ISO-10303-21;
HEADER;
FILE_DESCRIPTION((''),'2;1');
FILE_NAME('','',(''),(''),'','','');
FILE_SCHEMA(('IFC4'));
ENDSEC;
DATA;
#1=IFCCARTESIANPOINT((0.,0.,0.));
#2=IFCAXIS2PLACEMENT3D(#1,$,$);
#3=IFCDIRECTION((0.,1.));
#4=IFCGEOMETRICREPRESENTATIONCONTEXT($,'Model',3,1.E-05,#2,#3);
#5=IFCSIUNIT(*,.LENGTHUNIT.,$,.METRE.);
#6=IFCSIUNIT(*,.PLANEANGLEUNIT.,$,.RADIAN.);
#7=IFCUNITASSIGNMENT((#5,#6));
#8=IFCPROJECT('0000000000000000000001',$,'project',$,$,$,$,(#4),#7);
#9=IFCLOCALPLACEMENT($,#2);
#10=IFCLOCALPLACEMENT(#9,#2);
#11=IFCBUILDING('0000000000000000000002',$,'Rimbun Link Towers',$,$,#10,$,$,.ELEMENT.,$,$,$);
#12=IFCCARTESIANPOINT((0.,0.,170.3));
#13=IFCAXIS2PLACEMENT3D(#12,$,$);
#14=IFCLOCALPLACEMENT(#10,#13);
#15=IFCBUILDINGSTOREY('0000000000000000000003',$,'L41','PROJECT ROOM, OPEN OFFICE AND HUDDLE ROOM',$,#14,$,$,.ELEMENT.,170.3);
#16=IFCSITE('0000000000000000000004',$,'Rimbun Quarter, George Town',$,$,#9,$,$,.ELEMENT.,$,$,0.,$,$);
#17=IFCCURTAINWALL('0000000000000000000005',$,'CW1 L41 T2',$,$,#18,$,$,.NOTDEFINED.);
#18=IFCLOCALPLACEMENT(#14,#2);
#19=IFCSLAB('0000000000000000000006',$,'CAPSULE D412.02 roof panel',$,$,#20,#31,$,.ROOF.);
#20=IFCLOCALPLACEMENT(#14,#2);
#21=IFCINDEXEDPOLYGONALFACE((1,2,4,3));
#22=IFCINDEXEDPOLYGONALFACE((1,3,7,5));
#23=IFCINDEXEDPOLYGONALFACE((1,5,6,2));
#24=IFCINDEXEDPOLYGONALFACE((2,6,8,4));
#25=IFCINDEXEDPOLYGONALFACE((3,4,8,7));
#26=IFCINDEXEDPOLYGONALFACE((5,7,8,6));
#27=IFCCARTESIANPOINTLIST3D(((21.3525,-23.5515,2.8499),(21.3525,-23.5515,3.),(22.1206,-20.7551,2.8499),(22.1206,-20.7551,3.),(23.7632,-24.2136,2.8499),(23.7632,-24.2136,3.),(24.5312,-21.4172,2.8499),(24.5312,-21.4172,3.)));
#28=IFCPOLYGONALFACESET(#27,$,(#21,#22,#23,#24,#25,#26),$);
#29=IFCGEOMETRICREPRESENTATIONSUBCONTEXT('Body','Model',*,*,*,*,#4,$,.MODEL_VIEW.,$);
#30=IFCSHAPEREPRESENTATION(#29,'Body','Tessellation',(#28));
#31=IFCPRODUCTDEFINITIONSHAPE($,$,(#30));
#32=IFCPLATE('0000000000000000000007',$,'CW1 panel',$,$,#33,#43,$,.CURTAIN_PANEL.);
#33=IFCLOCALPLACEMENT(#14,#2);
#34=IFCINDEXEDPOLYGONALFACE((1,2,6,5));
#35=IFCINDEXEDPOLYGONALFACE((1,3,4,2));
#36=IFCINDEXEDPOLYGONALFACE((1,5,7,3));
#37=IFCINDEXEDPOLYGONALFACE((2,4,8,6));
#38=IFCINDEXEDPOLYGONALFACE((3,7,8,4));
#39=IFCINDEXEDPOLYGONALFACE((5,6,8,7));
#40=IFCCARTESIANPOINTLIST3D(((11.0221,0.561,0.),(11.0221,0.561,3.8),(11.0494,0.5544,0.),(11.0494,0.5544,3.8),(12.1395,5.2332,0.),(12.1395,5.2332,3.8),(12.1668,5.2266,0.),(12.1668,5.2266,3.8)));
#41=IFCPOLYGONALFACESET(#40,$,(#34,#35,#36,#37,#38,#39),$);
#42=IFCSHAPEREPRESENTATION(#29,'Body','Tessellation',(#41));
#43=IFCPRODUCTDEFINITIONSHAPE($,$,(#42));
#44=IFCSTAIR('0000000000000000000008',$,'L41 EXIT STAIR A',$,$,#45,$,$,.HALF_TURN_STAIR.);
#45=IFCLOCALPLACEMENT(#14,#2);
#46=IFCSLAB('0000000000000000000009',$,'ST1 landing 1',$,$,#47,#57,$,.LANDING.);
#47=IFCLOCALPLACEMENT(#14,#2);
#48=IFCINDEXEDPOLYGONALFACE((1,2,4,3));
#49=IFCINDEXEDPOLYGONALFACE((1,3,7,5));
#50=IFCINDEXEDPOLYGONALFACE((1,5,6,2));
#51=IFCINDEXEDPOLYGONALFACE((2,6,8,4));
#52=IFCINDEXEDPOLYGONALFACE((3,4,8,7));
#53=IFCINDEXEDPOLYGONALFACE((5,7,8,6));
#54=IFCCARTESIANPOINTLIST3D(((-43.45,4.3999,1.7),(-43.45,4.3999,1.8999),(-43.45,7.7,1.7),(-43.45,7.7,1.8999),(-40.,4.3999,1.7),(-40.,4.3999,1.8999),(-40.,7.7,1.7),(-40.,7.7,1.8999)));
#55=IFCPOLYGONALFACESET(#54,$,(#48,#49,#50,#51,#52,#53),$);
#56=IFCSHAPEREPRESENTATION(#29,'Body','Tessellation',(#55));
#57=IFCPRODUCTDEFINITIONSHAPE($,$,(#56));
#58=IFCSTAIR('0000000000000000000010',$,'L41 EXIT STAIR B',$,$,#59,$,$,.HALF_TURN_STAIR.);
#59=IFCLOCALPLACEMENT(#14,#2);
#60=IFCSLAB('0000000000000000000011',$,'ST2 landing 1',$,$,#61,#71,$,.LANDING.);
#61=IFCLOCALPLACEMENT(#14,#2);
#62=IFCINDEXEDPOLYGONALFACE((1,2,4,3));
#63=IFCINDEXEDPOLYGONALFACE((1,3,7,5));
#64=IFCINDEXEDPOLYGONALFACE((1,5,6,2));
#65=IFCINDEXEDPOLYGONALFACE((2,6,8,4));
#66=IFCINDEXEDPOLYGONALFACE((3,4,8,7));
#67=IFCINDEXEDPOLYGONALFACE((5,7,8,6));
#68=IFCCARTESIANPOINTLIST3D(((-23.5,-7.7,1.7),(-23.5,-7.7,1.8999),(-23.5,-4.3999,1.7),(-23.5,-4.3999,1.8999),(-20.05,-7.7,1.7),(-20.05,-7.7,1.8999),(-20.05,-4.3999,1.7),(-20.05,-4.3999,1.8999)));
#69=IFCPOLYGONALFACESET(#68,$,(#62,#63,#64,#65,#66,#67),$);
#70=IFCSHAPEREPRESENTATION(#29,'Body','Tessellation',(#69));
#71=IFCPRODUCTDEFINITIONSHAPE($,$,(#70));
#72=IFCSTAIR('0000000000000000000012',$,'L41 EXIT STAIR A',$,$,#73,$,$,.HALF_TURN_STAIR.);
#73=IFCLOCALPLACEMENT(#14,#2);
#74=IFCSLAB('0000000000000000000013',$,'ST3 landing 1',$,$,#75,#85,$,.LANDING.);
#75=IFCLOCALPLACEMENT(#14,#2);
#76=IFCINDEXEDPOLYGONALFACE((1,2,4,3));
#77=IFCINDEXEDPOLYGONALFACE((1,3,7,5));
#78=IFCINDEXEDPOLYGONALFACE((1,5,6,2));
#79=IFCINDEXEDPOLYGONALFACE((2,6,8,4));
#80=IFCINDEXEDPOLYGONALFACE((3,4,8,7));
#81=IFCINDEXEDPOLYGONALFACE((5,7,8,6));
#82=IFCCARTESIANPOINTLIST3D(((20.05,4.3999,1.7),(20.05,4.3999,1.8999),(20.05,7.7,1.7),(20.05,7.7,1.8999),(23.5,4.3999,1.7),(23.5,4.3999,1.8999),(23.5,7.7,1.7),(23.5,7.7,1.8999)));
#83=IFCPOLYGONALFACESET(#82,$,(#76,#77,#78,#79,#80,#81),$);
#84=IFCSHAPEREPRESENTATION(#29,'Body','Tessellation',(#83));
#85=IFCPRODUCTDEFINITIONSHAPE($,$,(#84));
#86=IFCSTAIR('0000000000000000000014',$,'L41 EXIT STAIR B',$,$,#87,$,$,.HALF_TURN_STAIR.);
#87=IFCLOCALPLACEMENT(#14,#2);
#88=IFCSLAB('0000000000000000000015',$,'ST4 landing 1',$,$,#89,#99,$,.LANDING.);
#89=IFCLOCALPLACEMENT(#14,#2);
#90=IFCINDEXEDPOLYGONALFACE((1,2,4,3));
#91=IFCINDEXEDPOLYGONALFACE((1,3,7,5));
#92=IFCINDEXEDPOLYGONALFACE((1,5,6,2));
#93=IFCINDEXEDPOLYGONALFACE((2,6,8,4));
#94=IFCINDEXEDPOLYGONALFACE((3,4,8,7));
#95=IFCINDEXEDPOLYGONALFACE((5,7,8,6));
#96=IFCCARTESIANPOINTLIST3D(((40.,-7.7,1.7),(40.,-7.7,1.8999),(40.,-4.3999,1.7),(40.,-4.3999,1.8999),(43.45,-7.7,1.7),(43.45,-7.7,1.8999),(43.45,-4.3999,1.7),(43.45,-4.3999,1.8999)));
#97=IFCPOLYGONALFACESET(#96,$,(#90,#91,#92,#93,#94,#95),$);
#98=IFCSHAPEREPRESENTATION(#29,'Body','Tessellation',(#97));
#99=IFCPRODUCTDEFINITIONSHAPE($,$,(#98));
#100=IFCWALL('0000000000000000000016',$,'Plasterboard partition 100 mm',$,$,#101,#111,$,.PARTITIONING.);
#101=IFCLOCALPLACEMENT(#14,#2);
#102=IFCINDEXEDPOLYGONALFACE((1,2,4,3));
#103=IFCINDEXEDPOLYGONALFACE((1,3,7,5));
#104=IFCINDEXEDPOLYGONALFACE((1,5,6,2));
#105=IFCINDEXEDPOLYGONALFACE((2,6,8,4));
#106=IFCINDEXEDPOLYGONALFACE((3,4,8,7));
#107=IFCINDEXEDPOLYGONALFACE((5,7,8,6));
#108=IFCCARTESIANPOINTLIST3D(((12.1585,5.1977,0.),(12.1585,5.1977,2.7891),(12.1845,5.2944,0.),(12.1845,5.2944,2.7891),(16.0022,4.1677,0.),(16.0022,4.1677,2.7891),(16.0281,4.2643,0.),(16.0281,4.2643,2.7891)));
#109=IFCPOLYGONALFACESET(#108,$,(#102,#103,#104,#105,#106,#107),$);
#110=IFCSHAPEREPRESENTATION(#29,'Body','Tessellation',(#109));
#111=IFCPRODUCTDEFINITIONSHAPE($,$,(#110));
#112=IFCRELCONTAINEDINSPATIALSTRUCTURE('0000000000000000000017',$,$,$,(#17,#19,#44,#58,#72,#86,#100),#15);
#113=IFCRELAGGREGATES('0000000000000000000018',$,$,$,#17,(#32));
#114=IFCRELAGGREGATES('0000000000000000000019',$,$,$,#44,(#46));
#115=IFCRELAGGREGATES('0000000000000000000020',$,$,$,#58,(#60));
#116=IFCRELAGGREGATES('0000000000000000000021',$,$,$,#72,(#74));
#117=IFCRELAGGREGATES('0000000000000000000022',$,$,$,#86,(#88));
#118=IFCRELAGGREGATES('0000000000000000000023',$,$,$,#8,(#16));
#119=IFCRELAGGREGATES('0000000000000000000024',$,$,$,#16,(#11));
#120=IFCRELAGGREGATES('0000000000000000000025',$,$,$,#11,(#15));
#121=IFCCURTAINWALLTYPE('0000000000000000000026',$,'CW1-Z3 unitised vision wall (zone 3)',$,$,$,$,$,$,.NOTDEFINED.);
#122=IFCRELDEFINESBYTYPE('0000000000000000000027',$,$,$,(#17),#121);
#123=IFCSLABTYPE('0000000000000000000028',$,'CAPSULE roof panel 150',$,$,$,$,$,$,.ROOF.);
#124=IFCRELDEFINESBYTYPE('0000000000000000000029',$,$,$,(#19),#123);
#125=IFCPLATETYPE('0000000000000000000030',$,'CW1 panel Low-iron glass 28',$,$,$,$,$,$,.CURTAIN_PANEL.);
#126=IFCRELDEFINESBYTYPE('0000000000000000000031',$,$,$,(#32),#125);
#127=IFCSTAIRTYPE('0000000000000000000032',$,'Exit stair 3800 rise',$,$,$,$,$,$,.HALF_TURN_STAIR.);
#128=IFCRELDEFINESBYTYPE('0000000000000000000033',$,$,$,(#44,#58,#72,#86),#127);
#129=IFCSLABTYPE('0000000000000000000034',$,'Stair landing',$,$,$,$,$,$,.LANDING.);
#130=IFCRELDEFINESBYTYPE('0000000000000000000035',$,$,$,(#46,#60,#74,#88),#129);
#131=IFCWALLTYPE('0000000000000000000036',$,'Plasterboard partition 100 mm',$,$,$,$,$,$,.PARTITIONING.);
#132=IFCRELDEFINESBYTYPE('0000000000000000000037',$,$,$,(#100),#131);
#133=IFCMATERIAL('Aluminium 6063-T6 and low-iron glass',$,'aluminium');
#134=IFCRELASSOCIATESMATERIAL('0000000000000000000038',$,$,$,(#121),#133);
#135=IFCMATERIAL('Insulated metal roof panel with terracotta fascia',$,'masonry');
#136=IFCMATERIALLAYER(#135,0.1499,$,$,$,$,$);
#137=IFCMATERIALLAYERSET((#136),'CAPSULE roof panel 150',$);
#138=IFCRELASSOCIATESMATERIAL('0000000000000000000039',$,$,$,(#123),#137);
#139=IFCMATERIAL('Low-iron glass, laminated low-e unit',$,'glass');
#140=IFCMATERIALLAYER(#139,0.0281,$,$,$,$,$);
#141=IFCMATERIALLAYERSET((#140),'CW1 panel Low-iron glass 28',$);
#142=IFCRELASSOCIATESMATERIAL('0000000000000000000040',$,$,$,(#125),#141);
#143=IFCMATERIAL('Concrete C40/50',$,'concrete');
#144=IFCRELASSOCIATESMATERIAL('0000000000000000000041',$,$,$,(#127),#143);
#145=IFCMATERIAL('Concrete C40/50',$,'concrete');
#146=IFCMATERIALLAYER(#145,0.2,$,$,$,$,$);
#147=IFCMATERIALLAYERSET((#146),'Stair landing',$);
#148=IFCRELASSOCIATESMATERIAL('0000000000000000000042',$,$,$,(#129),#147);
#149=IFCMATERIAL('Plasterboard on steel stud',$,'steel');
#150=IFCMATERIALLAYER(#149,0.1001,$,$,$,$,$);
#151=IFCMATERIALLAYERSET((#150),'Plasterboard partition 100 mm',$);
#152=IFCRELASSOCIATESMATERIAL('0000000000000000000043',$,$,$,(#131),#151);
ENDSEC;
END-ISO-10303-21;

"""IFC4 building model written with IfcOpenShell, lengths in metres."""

from ifc_helpers import new_model, si_unit, direction, frame, frame_2d, origin, origin_2d, place, context, subcontext, project, spatial, polyline, rectangle, outline, extrude, material, layer, layer_set, type_object, element, aggregate, save


model = new_model("IFC4")

# Units and contexts
model_context = context("Model", 3, precision=1e-05, world=origin(), true_north=direction((0.0, 1.0)))
body_context = subcontext(model_context, "Body", "Model", "MODEL_VIEW")
ifc_project = project(units=[si_unit("LENGTHUNIT", "METRE"), si_unit("PLANEANGLEUNIT", "RADIAN")], contexts=[model_context])

# Site, building, storey
site_placement = place(None, origin())
site = spatial("IfcSite", under=ifc_project, at=site_placement, Name="Rimbun Quarter, George Town", CompositionType="ELEMENT", RefElevation=0.0)
building_placement = place(site_placement, origin())
building = spatial("IfcBuilding", under=site, at=building_placement, Name="Rimbun Link Towers", CompositionType="ELEMENT")
storey_placement = place(building_placement, frame((0.0, 0.0, 170.3)))
storey = spatial("IfcBuildingStorey", under=building, at=storey_placement, Name="L41", Description="PROJECT ROOM, OPEN OFFICE AND HUDDLE ROOM", CompositionType="ELEMENT", Elevation=170.3)

# Curtain wall
ifc_material_1 = material(Name="Aluminium 6063-T6 and low-iron glass", Category="aluminium")
curtain_wall_type = type_object("IfcCurtainWallType", Name="CW1-Z3 unitised vision wall (zone 3)", PredefinedType="NOTDEFINED", material=ifc_material_1)
curtain_wall_placement = place(storey_placement, origin())
curtain_wall = element("IfcCurtainWall", 1, at=curtain_wall_placement, inside=storey, type_object=curtain_wall_type, Name="CW1 L41 T2", PredefinedType="NOTDEFINED")

# Slab
ifc_material_2 = material(Name="Insulated metal roof panel with terracotta fascia", Category="masonry")
ifc_layer_1 = layer(ifc_material_2, 0.1499)
ifc_layer_set_1 = layer_set([ifc_layer_1], Name="CAPSULE roof panel 150")
slab_type_1 = type_object("IfcSlabType", Name="CAPSULE roof panel 150", PredefinedType="ROOF", material=ifc_layer_set_1)
slab_1_placement = place(storey_placement, frame((0.0, 0.0, 2.8499)))
element("IfcSlab", 2, at=slab_1_placement, inside=storey, type_object=slab_type_1, Name="CAPSULE D412.02 roof panel", PredefinedType="ROOF", context=body_context, shape_type="SweptSolid", body=[
    extrude(outline(polyline([(21.3525, -23.5515), (23.7632, -24.2136), (24.5312, -21.4172), (22.1206, -20.7551), (21.3525, -23.5515)])), origin(), (0.0, 0.0, 1.0), 0.1501),
])

# Plate
ifc_material_3 = material(Name="Low-iron glass, laminated low-e unit", Category="glass")
ifc_layer_2 = layer(ifc_material_3, 0.0281)
ifc_layer_set_2 = layer_set([ifc_layer_2], Name="CW1 panel Low-iron glass 28")
plate_type = type_object("IfcPlateType", Name="CW1 panel Low-iron glass 28", PredefinedType="CURTAIN_PANEL", material=ifc_layer_set_2)
plate_placement = place(storey_placement, frame((11.5945, 2.8938, 0.0), z_axis=(0.0, 0.0, 1.0), x_axis=(0.232595, 0.972574, 0.0)))
plate = element("IfcPlate", 3, at=plate_placement, type_object=plate_type, Name="CW1 panel", PredefinedType="CURTAIN_PANEL", context=body_context, shape_type="SweptSolid", body=[
    extrude(rectangle(XDim=4.804, YDim=0.0281, at=origin_2d()), origin(), (0.0, 0.0, 1.0), 3.8),
])
aggregate(curtain_wall, [plate])

# Stairs, slabs
ifc_material_4 = material(Name="Concrete C40/50", Category="concrete")
stair_type = type_object("IfcStairType", Name="Exit stair 3800 rise", PredefinedType="HALF_TURN_STAIR", material=ifc_material_4)
stair_1_placement = place(storey_placement, origin())
stair_1 = element("IfcStair", 4, at=stair_1_placement, inside=storey, type_object=stair_type, Name="L41 EXIT STAIR A", PredefinedType="HALF_TURN_STAIR")
ifc_material_5 = material(Name="Concrete C40/50", Category="concrete")
ifc_layer_3 = layer(ifc_material_5, 0.2)
ifc_layer_set_3 = layer_set([ifc_layer_3], Name="Stair landing")
slab_type_2 = type_object("IfcSlabType", Name="Stair landing", PredefinedType="LANDING", material=ifc_layer_set_3)
slab_2_placement = place(storey_placement, frame((0.0, 0.0, 1.7)))
slab_2 = element("IfcSlab", 5, at=slab_2_placement, type_object=slab_type_2, Name="ST1 landing 1", PredefinedType="LANDING", context=body_context, shape_type="SweptSolid", body=[
    extrude(outline(polyline([(-40.0, 7.7), (-43.45, 7.7), (-43.45, 4.3999), (-40.0, 4.3999), (-40.0, 7.7)])), origin(), (0.0, 0.0, 1.0), 0.2),
])
aggregate(stair_1, [slab_2])
stair_2_placement = place(storey_placement, origin())
stair_2 = element("IfcStair", 6, at=stair_2_placement, inside=storey, type_object=stair_type, Name="L41 EXIT STAIR B", PredefinedType="HALF_TURN_STAIR")
slab_3_placement = place(storey_placement, frame((0.0, 0.0, 1.7)))
slab_3 = element("IfcSlab", 7, at=slab_3_placement, type_object=slab_type_2, Name="ST2 landing 1", PredefinedType="LANDING", context=body_context, shape_type="SweptSolid", body=[
    extrude(outline(polyline([(-23.5, -7.7), (-20.05, -7.7), (-20.05, -4.3999), (-23.5, -4.3999), (-23.5, -7.7)])), origin(), (0.0, 0.0, 1.0), 0.2),
])
aggregate(stair_2, [slab_3])
stair_3_placement = place(storey_placement, origin())
stair_3 = element("IfcStair", 8, at=stair_3_placement, inside=storey, type_object=stair_type, Name="L41 EXIT STAIR A", PredefinedType="HALF_TURN_STAIR")
slab_4_placement = place(storey_placement, frame((0.0, 0.0, 1.7)))
slab_4 = element("IfcSlab", 9, at=slab_4_placement, type_object=slab_type_2, Name="ST3 landing 1", PredefinedType="LANDING", context=body_context, shape_type="SweptSolid", body=[
    extrude(outline(polyline([(23.5, 7.7), (20.05, 7.7), (20.05, 4.3999), (23.5, 4.3999), (23.5, 7.7)])), origin(), (0.0, 0.0, 1.0), 0.2),
])
aggregate(stair_3, [slab_4])
stair_4_placement = place(storey_placement, origin())
stair_4 = element("IfcStair", 10, at=stair_4_placement, inside=storey, type_object=stair_type, Name="L41 EXIT STAIR B", PredefinedType="HALF_TURN_STAIR")
slab_5_placement = place(storey_placement, frame((0.0, 0.0, 1.7)))
slab_5 = element("IfcSlab", 11, at=slab_5_placement, type_object=slab_type_2, Name="ST4 landing 1", PredefinedType="LANDING", context=body_context, shape_type="SweptSolid", body=[
    extrude(outline(polyline([(40.0, -7.7), (43.45, -7.7), (43.45, -4.3999), (40.0, -4.3999), (40.0, -7.7)])), origin(), (0.0, 0.0, 1.0), 0.2),
])
aggregate(stair_4, [slab_5])

# Wall
ifc_material_6 = material(Name="Plasterboard on steel stud", Category="steel")
ifc_layer_4 = layer(ifc_material_6, 0.1001)
ifc_layer_set_4 = layer_set([ifc_layer_4], Name="Plasterboard partition 100 mm")
wall_type = type_object("IfcWallType", Name="Plasterboard partition 100 mm", PredefinedType="PARTITIONING", material=ifc_layer_set_4)
wall_placement = place(storey_placement, frame((12.1714, 5.2461, 0.0), z_axis=(0.0, 0.0, 1.0), x_axis=(0.965915, -0.258858, 0.0)))
element("IfcWall", 12, at=wall_placement, inside=storey, type_object=wall_type, Name="Plasterboard partition 100 mm", PredefinedType="PARTITIONING", context=body_context, shape_type="SweptSolid", body=[
    extrude(rectangle(XDim=3.9792, YDim=0.1001, at=frame_2d((1.9897, 0.0))), origin(), (0.0, 0.0, 1.0), 2.7891),
])

save(model, "model.ifc")
